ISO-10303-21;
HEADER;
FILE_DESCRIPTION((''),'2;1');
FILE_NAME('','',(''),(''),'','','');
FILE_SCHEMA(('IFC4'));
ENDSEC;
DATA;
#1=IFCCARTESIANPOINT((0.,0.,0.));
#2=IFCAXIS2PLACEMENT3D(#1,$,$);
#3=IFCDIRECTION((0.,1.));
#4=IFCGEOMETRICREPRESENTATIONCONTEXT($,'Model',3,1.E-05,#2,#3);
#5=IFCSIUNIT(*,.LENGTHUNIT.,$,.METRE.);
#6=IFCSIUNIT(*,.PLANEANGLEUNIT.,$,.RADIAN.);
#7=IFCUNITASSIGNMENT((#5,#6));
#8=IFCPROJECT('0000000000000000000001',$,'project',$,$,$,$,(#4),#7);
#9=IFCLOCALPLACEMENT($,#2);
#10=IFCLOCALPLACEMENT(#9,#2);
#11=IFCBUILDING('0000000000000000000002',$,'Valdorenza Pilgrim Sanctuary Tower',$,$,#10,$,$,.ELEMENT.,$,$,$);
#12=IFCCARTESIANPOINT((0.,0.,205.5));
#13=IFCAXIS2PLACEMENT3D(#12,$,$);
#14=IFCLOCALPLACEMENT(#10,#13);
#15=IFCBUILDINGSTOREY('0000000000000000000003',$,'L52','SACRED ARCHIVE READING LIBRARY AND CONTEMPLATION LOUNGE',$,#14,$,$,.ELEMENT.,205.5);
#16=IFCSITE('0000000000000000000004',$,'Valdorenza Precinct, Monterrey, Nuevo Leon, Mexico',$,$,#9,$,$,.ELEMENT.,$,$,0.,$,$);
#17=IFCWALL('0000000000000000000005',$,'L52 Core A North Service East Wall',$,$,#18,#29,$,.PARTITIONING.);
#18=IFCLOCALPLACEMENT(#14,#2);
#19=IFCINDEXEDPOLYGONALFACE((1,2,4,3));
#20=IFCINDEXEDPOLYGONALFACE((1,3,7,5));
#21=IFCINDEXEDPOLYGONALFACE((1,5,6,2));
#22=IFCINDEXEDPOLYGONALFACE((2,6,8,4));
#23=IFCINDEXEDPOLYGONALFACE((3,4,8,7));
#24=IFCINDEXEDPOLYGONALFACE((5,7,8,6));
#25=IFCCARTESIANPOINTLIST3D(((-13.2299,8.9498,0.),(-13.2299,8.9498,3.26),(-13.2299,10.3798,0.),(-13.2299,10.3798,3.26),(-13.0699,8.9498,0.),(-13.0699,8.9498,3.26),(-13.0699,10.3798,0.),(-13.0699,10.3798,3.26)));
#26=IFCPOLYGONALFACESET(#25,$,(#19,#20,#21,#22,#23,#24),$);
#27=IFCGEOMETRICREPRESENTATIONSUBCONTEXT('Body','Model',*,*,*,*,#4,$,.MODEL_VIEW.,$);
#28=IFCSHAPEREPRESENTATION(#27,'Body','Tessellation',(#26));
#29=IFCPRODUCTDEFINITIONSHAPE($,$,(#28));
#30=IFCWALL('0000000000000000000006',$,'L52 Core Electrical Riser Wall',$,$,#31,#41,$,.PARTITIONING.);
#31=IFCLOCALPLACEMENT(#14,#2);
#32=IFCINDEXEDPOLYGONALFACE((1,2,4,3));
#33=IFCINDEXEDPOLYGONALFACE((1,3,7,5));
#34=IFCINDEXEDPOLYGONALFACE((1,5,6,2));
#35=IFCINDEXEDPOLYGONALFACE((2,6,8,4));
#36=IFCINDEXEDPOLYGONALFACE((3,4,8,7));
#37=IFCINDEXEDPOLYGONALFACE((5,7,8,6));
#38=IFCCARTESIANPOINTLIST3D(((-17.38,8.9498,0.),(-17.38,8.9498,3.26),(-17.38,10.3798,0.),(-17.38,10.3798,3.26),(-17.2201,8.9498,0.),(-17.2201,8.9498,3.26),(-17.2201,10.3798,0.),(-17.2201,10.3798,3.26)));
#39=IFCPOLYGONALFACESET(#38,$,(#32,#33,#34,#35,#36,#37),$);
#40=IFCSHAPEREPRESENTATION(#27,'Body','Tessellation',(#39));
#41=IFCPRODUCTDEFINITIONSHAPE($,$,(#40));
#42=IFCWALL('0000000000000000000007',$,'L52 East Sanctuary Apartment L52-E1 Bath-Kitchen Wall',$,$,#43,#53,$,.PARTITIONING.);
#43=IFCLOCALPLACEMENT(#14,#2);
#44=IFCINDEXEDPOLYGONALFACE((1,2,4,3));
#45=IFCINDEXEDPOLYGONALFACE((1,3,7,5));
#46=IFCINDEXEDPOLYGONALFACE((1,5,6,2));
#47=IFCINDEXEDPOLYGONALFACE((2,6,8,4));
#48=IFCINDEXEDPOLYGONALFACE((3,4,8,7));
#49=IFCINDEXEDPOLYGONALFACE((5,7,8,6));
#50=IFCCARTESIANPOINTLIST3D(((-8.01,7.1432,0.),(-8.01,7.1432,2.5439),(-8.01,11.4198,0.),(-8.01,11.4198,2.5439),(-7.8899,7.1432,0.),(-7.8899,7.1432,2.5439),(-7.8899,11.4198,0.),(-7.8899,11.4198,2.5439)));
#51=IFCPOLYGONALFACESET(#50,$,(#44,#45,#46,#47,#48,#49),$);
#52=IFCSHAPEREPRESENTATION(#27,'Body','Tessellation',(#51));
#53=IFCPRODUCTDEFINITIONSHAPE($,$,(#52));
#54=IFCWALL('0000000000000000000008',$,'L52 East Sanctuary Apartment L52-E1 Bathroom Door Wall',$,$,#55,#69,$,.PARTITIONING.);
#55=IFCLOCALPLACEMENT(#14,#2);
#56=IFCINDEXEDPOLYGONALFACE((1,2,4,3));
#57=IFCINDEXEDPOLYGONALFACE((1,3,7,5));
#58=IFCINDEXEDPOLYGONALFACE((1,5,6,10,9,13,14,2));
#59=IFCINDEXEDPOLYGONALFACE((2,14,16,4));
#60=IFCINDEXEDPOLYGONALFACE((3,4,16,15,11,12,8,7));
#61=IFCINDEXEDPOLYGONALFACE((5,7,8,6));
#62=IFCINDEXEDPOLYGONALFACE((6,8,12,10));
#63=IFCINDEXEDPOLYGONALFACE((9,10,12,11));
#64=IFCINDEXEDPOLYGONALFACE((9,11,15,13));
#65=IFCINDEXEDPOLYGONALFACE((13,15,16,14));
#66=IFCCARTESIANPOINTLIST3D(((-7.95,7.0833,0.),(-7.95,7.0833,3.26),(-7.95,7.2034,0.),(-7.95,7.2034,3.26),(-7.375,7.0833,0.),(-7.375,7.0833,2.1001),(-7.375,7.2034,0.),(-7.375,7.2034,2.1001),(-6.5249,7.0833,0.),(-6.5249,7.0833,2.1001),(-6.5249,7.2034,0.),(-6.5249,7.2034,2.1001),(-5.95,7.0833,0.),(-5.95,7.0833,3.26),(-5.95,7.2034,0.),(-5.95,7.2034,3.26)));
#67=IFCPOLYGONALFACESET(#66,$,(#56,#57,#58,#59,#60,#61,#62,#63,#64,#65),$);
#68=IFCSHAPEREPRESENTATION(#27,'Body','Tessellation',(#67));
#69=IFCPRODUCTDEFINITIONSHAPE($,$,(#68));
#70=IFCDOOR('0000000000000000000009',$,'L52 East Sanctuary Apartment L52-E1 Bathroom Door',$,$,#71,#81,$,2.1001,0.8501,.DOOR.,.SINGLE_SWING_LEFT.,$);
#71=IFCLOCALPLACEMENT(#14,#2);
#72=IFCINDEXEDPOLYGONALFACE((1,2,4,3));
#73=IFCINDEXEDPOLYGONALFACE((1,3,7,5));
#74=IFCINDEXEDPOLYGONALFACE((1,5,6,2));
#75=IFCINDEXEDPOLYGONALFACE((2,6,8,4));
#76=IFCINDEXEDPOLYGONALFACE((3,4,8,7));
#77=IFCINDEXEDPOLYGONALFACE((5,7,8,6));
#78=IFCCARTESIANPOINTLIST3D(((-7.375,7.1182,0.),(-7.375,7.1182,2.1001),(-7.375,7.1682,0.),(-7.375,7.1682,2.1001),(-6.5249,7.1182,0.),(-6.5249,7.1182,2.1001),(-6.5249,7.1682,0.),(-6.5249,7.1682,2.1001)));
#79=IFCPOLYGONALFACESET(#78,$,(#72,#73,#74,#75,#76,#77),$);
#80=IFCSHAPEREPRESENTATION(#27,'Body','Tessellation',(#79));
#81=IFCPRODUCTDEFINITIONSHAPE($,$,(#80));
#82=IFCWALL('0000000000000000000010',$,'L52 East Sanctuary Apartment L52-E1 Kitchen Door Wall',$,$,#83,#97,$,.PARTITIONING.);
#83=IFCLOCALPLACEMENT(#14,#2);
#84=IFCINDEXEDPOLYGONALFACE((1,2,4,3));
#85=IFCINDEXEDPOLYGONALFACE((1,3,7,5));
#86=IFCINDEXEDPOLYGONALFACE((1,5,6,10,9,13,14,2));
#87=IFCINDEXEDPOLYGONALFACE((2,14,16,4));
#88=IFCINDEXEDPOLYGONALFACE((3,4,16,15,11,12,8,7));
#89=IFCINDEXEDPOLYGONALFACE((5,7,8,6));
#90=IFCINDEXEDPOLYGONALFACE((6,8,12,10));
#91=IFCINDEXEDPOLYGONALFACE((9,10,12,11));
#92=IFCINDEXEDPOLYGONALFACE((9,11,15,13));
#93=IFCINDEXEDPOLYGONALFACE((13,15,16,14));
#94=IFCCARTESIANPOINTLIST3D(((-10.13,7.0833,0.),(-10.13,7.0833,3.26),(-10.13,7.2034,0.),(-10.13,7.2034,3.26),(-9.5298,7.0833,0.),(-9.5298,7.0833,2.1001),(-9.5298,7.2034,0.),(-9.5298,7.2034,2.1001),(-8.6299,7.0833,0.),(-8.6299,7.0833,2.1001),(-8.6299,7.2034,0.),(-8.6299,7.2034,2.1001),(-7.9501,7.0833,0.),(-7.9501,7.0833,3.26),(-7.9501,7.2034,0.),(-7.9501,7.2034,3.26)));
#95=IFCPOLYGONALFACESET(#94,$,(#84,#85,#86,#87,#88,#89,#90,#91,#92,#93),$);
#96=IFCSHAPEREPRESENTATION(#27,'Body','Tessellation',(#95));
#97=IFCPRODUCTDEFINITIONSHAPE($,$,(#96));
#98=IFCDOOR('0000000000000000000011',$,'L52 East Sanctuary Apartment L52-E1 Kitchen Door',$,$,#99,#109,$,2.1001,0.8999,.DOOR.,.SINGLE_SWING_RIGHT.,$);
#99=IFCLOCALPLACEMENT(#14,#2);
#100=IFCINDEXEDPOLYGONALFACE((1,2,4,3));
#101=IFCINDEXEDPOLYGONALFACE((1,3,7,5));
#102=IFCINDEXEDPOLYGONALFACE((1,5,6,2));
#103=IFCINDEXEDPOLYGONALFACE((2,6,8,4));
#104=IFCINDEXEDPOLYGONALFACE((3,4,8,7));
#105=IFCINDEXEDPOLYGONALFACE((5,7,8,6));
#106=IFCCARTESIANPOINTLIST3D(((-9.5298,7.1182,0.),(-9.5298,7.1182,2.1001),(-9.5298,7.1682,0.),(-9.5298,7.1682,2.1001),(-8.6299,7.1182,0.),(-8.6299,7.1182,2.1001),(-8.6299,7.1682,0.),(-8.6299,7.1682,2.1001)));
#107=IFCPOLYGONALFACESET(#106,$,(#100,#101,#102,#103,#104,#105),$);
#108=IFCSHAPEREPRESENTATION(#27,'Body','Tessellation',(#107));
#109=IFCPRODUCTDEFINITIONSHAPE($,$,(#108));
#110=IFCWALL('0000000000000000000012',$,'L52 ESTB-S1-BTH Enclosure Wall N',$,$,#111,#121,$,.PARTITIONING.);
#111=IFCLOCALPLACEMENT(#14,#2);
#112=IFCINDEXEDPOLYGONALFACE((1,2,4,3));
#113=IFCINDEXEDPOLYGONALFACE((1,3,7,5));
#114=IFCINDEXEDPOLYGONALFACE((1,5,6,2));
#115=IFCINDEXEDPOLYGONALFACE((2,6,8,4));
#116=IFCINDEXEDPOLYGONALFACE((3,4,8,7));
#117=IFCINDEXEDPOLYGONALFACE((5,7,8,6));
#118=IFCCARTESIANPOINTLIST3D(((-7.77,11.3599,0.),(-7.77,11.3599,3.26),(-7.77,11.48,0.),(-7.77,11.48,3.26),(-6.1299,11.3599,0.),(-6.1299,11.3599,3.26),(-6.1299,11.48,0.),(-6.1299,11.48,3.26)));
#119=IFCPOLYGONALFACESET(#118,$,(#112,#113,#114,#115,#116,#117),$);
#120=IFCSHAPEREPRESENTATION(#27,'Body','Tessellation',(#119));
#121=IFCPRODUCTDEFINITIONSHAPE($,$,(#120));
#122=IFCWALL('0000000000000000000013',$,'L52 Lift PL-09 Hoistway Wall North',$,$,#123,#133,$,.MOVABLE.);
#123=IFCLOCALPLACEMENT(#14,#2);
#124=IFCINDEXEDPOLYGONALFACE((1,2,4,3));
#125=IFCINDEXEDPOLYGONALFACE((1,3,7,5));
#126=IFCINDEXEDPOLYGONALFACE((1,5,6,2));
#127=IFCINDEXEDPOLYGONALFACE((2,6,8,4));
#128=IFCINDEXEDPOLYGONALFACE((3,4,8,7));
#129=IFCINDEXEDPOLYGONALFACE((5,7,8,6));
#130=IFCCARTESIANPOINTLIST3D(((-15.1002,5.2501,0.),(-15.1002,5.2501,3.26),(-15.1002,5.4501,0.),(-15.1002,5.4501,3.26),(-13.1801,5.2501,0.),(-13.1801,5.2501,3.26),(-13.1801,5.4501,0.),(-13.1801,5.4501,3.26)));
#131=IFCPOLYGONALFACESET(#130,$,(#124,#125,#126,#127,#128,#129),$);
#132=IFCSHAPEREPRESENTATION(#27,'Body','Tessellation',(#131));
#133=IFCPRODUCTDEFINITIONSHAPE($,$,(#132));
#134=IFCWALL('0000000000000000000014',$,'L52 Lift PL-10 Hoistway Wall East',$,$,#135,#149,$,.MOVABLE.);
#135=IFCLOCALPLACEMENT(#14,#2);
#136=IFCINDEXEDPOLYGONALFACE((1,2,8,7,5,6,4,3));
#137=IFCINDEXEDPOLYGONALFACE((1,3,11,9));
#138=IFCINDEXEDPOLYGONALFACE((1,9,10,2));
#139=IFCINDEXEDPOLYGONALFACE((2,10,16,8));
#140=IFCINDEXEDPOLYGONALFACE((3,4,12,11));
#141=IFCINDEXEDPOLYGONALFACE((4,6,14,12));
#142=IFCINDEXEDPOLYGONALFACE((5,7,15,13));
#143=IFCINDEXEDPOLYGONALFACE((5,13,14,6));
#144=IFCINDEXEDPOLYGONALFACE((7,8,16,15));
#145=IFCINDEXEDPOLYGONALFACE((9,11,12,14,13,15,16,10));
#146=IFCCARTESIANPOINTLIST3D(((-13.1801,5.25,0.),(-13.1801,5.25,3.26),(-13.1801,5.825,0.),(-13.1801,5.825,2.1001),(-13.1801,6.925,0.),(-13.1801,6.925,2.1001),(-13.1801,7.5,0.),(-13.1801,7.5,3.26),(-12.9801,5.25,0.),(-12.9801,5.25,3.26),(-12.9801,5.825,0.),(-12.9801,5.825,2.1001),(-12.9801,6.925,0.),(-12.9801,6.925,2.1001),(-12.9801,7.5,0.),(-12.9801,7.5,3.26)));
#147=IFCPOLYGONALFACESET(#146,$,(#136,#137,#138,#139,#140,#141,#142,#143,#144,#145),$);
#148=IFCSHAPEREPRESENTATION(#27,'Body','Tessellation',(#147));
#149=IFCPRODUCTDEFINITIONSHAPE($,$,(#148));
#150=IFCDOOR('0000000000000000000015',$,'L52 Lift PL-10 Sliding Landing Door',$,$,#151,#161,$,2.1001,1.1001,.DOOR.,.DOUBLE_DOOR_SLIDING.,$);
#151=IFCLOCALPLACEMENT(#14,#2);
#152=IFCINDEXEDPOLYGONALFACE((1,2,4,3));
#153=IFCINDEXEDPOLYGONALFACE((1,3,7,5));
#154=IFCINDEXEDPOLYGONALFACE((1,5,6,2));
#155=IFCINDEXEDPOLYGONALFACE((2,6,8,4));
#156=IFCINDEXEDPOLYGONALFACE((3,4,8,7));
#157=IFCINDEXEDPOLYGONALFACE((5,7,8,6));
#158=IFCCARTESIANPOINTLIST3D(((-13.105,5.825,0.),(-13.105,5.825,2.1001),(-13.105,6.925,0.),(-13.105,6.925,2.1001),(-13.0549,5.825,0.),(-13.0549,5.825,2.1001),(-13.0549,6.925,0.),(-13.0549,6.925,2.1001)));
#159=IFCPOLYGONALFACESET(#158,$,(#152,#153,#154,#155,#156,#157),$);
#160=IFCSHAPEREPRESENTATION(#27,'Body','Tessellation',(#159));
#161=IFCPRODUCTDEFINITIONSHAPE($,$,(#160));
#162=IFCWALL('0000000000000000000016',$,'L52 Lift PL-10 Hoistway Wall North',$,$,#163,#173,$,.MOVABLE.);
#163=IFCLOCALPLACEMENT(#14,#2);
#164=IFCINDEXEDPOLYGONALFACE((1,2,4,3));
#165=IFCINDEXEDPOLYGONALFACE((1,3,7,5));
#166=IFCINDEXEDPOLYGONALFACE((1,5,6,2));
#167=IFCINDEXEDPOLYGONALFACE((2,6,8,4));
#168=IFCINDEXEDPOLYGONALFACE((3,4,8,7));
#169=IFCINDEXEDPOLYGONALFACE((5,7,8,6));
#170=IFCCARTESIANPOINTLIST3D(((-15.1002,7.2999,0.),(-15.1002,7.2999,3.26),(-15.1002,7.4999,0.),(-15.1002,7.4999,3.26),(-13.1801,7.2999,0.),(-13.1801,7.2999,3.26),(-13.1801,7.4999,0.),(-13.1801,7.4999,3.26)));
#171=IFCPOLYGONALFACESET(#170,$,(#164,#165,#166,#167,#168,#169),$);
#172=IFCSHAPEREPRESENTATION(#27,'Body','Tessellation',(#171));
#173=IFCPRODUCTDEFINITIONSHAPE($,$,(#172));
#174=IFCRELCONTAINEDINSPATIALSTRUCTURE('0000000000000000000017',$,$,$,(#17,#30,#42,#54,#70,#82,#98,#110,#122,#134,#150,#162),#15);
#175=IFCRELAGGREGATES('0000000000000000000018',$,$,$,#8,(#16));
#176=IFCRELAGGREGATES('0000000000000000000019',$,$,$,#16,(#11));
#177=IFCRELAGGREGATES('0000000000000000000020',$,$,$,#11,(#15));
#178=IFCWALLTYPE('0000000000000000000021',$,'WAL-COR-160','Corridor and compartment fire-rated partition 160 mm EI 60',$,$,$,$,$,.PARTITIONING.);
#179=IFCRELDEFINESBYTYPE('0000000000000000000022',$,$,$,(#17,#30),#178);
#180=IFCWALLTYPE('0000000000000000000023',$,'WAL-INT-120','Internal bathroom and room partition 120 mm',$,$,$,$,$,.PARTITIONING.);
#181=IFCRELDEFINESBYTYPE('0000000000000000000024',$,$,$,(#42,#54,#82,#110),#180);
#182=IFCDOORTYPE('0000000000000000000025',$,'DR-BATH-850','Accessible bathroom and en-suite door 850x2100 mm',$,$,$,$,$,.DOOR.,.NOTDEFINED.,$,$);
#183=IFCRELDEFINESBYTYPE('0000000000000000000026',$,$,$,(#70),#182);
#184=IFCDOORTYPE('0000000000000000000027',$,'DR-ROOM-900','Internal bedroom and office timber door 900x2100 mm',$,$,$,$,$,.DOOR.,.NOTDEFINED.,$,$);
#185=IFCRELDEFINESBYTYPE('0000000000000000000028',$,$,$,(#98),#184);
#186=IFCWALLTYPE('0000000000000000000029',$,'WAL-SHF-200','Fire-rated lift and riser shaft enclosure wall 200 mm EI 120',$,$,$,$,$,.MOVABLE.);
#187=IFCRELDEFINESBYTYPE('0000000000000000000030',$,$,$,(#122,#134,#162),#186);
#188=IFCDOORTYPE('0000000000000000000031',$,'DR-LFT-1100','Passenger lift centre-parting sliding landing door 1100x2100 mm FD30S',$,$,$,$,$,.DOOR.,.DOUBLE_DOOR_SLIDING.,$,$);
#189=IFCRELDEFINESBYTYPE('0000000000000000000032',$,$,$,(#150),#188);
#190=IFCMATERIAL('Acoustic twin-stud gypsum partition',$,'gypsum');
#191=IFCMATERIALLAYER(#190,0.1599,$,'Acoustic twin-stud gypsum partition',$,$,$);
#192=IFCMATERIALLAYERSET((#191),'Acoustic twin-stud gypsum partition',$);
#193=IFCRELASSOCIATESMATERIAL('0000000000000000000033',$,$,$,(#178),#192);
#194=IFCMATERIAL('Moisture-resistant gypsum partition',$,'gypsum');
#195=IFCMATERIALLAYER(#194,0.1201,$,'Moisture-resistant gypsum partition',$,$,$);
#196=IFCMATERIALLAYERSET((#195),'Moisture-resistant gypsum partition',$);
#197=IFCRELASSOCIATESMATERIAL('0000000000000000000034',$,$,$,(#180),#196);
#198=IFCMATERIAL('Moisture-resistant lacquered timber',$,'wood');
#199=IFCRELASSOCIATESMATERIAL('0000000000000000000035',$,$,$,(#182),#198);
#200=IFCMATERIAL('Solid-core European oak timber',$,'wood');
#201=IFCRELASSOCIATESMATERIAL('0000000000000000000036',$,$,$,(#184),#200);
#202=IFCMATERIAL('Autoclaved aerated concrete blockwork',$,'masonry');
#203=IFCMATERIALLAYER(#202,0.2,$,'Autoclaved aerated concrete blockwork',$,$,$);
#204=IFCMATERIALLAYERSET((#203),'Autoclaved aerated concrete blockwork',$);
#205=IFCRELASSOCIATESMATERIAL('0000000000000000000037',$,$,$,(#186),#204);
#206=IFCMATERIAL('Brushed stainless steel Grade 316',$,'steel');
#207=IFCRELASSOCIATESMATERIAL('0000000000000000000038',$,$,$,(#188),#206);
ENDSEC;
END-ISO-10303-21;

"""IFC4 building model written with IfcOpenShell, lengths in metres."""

from ifc_helpers import new_model, si_unit, direction, frame, frame_2d, origin, place, context, subcontext, project, spatial, rectangle, extrude, material, layer, layer_set, type_object, element, fill, save


model = new_model("IFC4")

# Units and contexts
model_context = context("Model", 3, precision=1e-05, world=origin(), true_north=direction((0.0, 1.0)))
body_context = subcontext(model_context, "Body", "Model", "MODEL_VIEW")
ifc_project = project(units=[si_unit("LENGTHUNIT", "METRE"), si_unit("PLANEANGLEUNIT", "RADIAN")], contexts=[model_context])

# Site, building, storey
site_placement = place(None, origin())
site = spatial("IfcSite", under=ifc_project, at=site_placement, Name="Valdorenza Precinct, Monterrey, Nuevo Leon, Mexico", CompositionType="ELEMENT", RefElevation=0.0)
building_placement = place(site_placement, origin())
building = spatial("IfcBuilding", under=site, at=building_placement, Name="Valdorenza Pilgrim Sanctuary Tower", CompositionType="ELEMENT")
storey_placement = place(building_placement, frame((0.0, 0.0, 205.5)))
storey = spatial("IfcBuildingStorey", under=building, at=storey_placement, Name="L52", Description="SACRED ARCHIVE READING LIBRARY AND CONTEMPLATION LOUNGE", CompositionType="ELEMENT", Elevation=205.5)

# Walls
ifc_material_1 = material(Name="Acoustic twin-stud gypsum partition", Category="gypsum")
ifc_layer_1 = layer(ifc_material_1, 0.1599, Name="Acoustic twin-stud gypsum partition")
ifc_layer_set_1 = layer_set([ifc_layer_1], Name="Acoustic twin-stud gypsum partition")
wall_type_1 = type_object("IfcWallType", Name="WAL-COR-160", Description="Corridor and compartment fire-rated partition 160 mm EI 60", PredefinedType="PARTITIONING", material=ifc_layer_set_1)
for number, where, z_axis, x_axis, name in (
    (1, (-13.1499, 8.95, 0.0), (0.0, 0.0, 1.0), (0.0, 1.0, 0.0), "L52 Core A North Service East Wall"),
    (2, (-17.3, 8.95, 0.0), (0.0, 0.0, 1.0), (0.0, 1.0, 0.0), "L52 Core Electrical Riser Wall"),
):
    element("IfcWall", number, at=place(storey_placement, frame(where, z_axis=z_axis, x_axis=x_axis)), inside=storey, type_object=wall_type_1, Name=name, PredefinedType="PARTITIONING", context=body_context, shape_type="SweptSolid", body=[
        extrude(rectangle(XDim=1.4299, YDim=0.1599, at=frame_2d((0.7148, 0.0))), origin(), (0.0, 0.0, 1.0), 3.26),
    ])
ifc_material_2 = material(Name="Moisture-resistant gypsum partition", Category="gypsum")
ifc_layer_2 = layer(ifc_material_2, 0.1201, Name="Moisture-resistant gypsum partition")
ifc_layer_set_2 = layer_set([ifc_layer_2], Name="Moisture-resistant gypsum partition")
wall_type_2 = type_object("IfcWallType", Name="WAL-INT-120", Description="Internal bathroom and room partition 120 mm", PredefinedType="PARTITIONING", material=ifc_layer_set_2)
wall_1_placement = place(storey_placement, frame((-7.95, 7.1433, 0.0), z_axis=(0.0, 0.0, 1.0), x_axis=(0.0, 1.0, 0.0)))
element("IfcWall", 3, at=wall_1_placement, inside=storey, type_object=wall_type_2, Name="L52 East Sanctuary Apartment L52-E1 Bath-Kitchen Wall", PredefinedType="PARTITIONING", context=body_context, shape_type="SweptSolid", body=[
    extrude(rectangle(XDim=4.2766, YDim=0.1201, at=frame_2d((2.1382, 0.0))), origin(), (0.0, 0.0, 1.0), 2.5439),
])

# Walls, openings, doors
wall_2_placement = place(storey_placement, frame((-7.95, 7.1433, 0.0), z_axis=(0.0, 0.0, 1.0), x_axis=(1.0, 0.0, 0.0)))
wall_2 = element("IfcWall", 4, at=wall_2_placement, inside=storey, type_object=wall_type_2, Name="L52 East Sanctuary Apartment L52-E1 Bathroom Door Wall", PredefinedType="PARTITIONING", context=body_context, shape_type="SweptSolid", body=[
    extrude(rectangle(XDim=2.0, YDim=0.1201, at=frame_2d((1.0, 0.0))), origin(), (0.0, 0.0, 1.0), 3.26),
])
opening_1_placement = place(wall_2_placement, frame((0.575, 0.0, 0.0)))
opening_1 = element("IfcOpeningElement", 5, at=opening_1_placement, cuts=wall_2, PredefinedType="OPENING", context=body_context, shape_type="SweptSolid", body=[
    extrude(rectangle(XDim=0.8501, YDim=2.1001, at=frame_2d((0.425, 1.05))), frame((0.0, 0.075, 0.0), z_axis=(0.0, -1.0, 0.0), x_axis=(1.0, 0.0, 0.0)), (0.0, 0.0, 1.0), 0.1499),
])
ifc_material_3 = material(Name="Moisture-resistant lacquered timber", Category="wood")
door_type_1 = type_object("IfcDoorType", Name="DR-BATH-850", Description="Accessible bathroom and en-suite door 850x2100 mm", OperationType="NOTDEFINED", PredefinedType="DOOR", material=ifc_material_3)
door_1_placement = place(opening_1_placement, origin())
door_1 = element("IfcDoor", 6, at=door_1_placement, inside=storey, type_object=door_type_1, Name="L52 East Sanctuary Apartment L52-E1 Bathroom Door", OperationType="SINGLE_SWING_LEFT", OverallHeight=2.1001, OverallWidth=0.8501, PredefinedType="DOOR", context=body_context, shape_type="SweptSolid", body=[
    extrude(rectangle(XDim=0.8501, YDim=2.1001, at=frame_2d((0.425, 1.05))), frame((0.0, 0.0249, 0.0), z_axis=(0.0, -1.0, 0.0), x_axis=(1.0, 0.0, 0.0)), (0.0, 0.0, 1.0), 0.05),
])
fill(opening_1, door_1)
wall_3_placement = place(storey_placement, frame((-10.1299, 7.1433, 0.0), z_axis=(0.0, 0.0, 1.0), x_axis=(1.0, 0.0, 0.0)))
wall_3 = element("IfcWall", 7, at=wall_3_placement, inside=storey, type_object=wall_type_2, Name="L52 East Sanctuary Apartment L52-E1 Kitchen Door Wall", PredefinedType="PARTITIONING", context=body_context, shape_type="SweptSolid", body=[
    extrude(rectangle(XDim=2.1799, YDim=0.1201, at=frame_2d((1.0898, 0.0))), origin(), (0.0, 0.0, 1.0), 3.26),
])
opening_2_placement = place(wall_3_placement, frame((0.6001, 0.0, 0.0)))
opening_2 = element("IfcOpeningElement", 8, at=opening_2_placement, cuts=wall_3, PredefinedType="OPENING", context=body_context, shape_type="SweptSolid", body=[
    extrude(rectangle(XDim=0.8999, YDim=2.1001, at=frame_2d((0.45, 1.05))), frame((0.0, 0.075, 0.0), z_axis=(0.0, -1.0, 0.0), x_axis=(1.0, 0.0, 0.0)), (0.0, 0.0, 1.0), 0.1499),
])
ifc_material_4 = material(Name="Solid-core European oak timber", Category="wood")
door_type_2 = type_object("IfcDoorType", Name="DR-ROOM-900", Description="Internal bedroom and office timber door 900x2100 mm", OperationType="NOTDEFINED", PredefinedType="DOOR", material=ifc_material_4)
door_2_placement = place(opening_2_placement, origin())
door_2 = element("IfcDoor", 9, at=door_2_placement, inside=storey, type_object=door_type_2, Name="L52 East Sanctuary Apartment L52-E1 Kitchen Door", OperationType="SINGLE_SWING_RIGHT", OverallHeight=2.1001, OverallWidth=0.8999, PredefinedType="DOOR", context=body_context, shape_type="SweptSolid", body=[
    extrude(rectangle(XDim=0.8999, YDim=2.1001, at=frame_2d((0.45, 1.05))), frame((0.0, 0.0249, 0.0), z_axis=(0.0, -1.0, 0.0), x_axis=(1.0, 0.0, 0.0)), (0.0, 0.0, 1.0), 0.05),
])
fill(opening_2, door_2)

# Walls
wall_4_placement = place(storey_placement, frame((-7.77, 11.4199, 0.0), z_axis=(0.0, 0.0, 1.0), x_axis=(1.0, 0.0, 0.0)))
element("IfcWall", 10, at=wall_4_placement, inside=storey, type_object=wall_type_2, Name="L52 ESTB-S1-BTH Enclosure Wall N", PredefinedType="PARTITIONING", context=body_context, shape_type="SweptSolid", body=[
    extrude(rectangle(XDim=1.6401, YDim=0.1201, at=frame_2d((0.8201, 0.0))), origin(), (0.0, 0.0, 1.0), 3.26),
])
ifc_material_5 = material(Name="Autoclaved aerated concrete blockwork", Category="masonry")
ifc_layer_3 = layer(ifc_material_5, 0.2, Name="Autoclaved aerated concrete blockwork")
ifc_layer_set_3 = layer_set([ifc_layer_3], Name="Autoclaved aerated concrete blockwork")
wall_type_3 = type_object("IfcWallType", Name="WAL-SHF-200", Description="Fire-rated lift and riser shaft enclosure wall 200 mm EI 120", PredefinedType="MOVABLE", material=ifc_layer_set_3)
wall_5_placement = place(storey_placement, frame((-15.1001, 5.3501, 0.0), z_axis=(0.0, 0.0, 1.0), x_axis=(1.0, 0.0, 0.0)))
element("IfcWall", 11, at=wall_5_placement, inside=storey, type_object=wall_type_3, Name="L52 Lift PL-09 Hoistway Wall North", PredefinedType="MOVABLE", context=body_context, shape_type="SweptSolid", body=[
    extrude(rectangle(XDim=1.9202, YDim=0.2, at=frame_2d((0.96, 0.0))), origin(), (0.0, 0.0, 1.0), 3.26),
])

# Wall, opening, door
wall_6_placement = place(storey_placement, frame((-13.0801, 5.25, 0.0), z_axis=(0.0, 0.0, 1.0), x_axis=(0.0, 1.0, 0.0)))
wall_6 = element("IfcWall", 12, at=wall_6_placement, inside=storey, type_object=wall_type_3, Name="L52 Lift PL-10 Hoistway Wall East", PredefinedType="MOVABLE", context=body_context, shape_type="SweptSolid", body=[
    extrude(rectangle(XDim=2.25, YDim=0.2, at=frame_2d((1.125, 0.0))), origin(), (0.0, 0.0, 1.0), 3.26),
])
opening_3_placement = place(wall_6_placement, frame((0.575, 0.0, 0.0)))
opening_3 = element("IfcOpeningElement", 13, at=opening_3_placement, cuts=wall_6, PredefinedType="OPENING", context=body_context, shape_type="SweptSolid", body=[
    extrude(rectangle(XDim=1.1001, YDim=2.1001, at=frame_2d((0.55, 1.05))), frame((0.0, 0.1147, 0.0), z_axis=(0.0, -1.0, 0.0), x_axis=(1.0, 0.0, 0.0)), (0.0, 0.0, 1.0), 0.2297),
])
ifc_material_6 = material(Name="Brushed stainless steel Grade 316", Category="steel")
door_type_3 = type_object("IfcDoorType", Name="DR-LFT-1100", Description="Passenger lift centre-parting sliding landing door 1100x2100 mm FD30S", OperationType="DOUBLE_DOOR_SLIDING", PredefinedType="DOOR", material=ifc_material_6)
door_3_placement = place(opening_3_placement, origin())
door_3 = element("IfcDoor", 14, at=door_3_placement, inside=storey, type_object=door_type_3, Name="L52 Lift PL-10 Sliding Landing Door", OperationType="DOUBLE_DOOR_SLIDING", OverallHeight=2.1001, OverallWidth=1.1001, PredefinedType="DOOR", context=body_context, shape_type="SweptSolid", body=[
    extrude(rectangle(XDim=1.1001, YDim=2.1001, at=frame_2d((0.55, 1.05))), frame((0.0, 0.0249, 0.0), z_axis=(0.0, -1.0, 0.0), x_axis=(1.0, 0.0, 0.0)), (0.0, 0.0, 1.0), 0.05),
])
fill(opening_3, door_3)

# Wall
wall_7_placement = place(storey_placement, frame((-15.1001, 7.3999, 0.0), z_axis=(0.0, 0.0, 1.0), x_axis=(1.0, 0.0, 0.0)))
element("IfcWall", 15, at=wall_7_placement, inside=storey, type_object=wall_type_3, Name="L52 Lift PL-10 Hoistway Wall North", PredefinedType="MOVABLE", context=body_context, shape_type="SweptSolid", body=[
    extrude(rectangle(XDim=1.9202, YDim=0.2, at=frame_2d((0.96, 0.0))), origin(), (0.0, 0.0, 1.0), 3.26),
])

save(model, "model.ifc")
